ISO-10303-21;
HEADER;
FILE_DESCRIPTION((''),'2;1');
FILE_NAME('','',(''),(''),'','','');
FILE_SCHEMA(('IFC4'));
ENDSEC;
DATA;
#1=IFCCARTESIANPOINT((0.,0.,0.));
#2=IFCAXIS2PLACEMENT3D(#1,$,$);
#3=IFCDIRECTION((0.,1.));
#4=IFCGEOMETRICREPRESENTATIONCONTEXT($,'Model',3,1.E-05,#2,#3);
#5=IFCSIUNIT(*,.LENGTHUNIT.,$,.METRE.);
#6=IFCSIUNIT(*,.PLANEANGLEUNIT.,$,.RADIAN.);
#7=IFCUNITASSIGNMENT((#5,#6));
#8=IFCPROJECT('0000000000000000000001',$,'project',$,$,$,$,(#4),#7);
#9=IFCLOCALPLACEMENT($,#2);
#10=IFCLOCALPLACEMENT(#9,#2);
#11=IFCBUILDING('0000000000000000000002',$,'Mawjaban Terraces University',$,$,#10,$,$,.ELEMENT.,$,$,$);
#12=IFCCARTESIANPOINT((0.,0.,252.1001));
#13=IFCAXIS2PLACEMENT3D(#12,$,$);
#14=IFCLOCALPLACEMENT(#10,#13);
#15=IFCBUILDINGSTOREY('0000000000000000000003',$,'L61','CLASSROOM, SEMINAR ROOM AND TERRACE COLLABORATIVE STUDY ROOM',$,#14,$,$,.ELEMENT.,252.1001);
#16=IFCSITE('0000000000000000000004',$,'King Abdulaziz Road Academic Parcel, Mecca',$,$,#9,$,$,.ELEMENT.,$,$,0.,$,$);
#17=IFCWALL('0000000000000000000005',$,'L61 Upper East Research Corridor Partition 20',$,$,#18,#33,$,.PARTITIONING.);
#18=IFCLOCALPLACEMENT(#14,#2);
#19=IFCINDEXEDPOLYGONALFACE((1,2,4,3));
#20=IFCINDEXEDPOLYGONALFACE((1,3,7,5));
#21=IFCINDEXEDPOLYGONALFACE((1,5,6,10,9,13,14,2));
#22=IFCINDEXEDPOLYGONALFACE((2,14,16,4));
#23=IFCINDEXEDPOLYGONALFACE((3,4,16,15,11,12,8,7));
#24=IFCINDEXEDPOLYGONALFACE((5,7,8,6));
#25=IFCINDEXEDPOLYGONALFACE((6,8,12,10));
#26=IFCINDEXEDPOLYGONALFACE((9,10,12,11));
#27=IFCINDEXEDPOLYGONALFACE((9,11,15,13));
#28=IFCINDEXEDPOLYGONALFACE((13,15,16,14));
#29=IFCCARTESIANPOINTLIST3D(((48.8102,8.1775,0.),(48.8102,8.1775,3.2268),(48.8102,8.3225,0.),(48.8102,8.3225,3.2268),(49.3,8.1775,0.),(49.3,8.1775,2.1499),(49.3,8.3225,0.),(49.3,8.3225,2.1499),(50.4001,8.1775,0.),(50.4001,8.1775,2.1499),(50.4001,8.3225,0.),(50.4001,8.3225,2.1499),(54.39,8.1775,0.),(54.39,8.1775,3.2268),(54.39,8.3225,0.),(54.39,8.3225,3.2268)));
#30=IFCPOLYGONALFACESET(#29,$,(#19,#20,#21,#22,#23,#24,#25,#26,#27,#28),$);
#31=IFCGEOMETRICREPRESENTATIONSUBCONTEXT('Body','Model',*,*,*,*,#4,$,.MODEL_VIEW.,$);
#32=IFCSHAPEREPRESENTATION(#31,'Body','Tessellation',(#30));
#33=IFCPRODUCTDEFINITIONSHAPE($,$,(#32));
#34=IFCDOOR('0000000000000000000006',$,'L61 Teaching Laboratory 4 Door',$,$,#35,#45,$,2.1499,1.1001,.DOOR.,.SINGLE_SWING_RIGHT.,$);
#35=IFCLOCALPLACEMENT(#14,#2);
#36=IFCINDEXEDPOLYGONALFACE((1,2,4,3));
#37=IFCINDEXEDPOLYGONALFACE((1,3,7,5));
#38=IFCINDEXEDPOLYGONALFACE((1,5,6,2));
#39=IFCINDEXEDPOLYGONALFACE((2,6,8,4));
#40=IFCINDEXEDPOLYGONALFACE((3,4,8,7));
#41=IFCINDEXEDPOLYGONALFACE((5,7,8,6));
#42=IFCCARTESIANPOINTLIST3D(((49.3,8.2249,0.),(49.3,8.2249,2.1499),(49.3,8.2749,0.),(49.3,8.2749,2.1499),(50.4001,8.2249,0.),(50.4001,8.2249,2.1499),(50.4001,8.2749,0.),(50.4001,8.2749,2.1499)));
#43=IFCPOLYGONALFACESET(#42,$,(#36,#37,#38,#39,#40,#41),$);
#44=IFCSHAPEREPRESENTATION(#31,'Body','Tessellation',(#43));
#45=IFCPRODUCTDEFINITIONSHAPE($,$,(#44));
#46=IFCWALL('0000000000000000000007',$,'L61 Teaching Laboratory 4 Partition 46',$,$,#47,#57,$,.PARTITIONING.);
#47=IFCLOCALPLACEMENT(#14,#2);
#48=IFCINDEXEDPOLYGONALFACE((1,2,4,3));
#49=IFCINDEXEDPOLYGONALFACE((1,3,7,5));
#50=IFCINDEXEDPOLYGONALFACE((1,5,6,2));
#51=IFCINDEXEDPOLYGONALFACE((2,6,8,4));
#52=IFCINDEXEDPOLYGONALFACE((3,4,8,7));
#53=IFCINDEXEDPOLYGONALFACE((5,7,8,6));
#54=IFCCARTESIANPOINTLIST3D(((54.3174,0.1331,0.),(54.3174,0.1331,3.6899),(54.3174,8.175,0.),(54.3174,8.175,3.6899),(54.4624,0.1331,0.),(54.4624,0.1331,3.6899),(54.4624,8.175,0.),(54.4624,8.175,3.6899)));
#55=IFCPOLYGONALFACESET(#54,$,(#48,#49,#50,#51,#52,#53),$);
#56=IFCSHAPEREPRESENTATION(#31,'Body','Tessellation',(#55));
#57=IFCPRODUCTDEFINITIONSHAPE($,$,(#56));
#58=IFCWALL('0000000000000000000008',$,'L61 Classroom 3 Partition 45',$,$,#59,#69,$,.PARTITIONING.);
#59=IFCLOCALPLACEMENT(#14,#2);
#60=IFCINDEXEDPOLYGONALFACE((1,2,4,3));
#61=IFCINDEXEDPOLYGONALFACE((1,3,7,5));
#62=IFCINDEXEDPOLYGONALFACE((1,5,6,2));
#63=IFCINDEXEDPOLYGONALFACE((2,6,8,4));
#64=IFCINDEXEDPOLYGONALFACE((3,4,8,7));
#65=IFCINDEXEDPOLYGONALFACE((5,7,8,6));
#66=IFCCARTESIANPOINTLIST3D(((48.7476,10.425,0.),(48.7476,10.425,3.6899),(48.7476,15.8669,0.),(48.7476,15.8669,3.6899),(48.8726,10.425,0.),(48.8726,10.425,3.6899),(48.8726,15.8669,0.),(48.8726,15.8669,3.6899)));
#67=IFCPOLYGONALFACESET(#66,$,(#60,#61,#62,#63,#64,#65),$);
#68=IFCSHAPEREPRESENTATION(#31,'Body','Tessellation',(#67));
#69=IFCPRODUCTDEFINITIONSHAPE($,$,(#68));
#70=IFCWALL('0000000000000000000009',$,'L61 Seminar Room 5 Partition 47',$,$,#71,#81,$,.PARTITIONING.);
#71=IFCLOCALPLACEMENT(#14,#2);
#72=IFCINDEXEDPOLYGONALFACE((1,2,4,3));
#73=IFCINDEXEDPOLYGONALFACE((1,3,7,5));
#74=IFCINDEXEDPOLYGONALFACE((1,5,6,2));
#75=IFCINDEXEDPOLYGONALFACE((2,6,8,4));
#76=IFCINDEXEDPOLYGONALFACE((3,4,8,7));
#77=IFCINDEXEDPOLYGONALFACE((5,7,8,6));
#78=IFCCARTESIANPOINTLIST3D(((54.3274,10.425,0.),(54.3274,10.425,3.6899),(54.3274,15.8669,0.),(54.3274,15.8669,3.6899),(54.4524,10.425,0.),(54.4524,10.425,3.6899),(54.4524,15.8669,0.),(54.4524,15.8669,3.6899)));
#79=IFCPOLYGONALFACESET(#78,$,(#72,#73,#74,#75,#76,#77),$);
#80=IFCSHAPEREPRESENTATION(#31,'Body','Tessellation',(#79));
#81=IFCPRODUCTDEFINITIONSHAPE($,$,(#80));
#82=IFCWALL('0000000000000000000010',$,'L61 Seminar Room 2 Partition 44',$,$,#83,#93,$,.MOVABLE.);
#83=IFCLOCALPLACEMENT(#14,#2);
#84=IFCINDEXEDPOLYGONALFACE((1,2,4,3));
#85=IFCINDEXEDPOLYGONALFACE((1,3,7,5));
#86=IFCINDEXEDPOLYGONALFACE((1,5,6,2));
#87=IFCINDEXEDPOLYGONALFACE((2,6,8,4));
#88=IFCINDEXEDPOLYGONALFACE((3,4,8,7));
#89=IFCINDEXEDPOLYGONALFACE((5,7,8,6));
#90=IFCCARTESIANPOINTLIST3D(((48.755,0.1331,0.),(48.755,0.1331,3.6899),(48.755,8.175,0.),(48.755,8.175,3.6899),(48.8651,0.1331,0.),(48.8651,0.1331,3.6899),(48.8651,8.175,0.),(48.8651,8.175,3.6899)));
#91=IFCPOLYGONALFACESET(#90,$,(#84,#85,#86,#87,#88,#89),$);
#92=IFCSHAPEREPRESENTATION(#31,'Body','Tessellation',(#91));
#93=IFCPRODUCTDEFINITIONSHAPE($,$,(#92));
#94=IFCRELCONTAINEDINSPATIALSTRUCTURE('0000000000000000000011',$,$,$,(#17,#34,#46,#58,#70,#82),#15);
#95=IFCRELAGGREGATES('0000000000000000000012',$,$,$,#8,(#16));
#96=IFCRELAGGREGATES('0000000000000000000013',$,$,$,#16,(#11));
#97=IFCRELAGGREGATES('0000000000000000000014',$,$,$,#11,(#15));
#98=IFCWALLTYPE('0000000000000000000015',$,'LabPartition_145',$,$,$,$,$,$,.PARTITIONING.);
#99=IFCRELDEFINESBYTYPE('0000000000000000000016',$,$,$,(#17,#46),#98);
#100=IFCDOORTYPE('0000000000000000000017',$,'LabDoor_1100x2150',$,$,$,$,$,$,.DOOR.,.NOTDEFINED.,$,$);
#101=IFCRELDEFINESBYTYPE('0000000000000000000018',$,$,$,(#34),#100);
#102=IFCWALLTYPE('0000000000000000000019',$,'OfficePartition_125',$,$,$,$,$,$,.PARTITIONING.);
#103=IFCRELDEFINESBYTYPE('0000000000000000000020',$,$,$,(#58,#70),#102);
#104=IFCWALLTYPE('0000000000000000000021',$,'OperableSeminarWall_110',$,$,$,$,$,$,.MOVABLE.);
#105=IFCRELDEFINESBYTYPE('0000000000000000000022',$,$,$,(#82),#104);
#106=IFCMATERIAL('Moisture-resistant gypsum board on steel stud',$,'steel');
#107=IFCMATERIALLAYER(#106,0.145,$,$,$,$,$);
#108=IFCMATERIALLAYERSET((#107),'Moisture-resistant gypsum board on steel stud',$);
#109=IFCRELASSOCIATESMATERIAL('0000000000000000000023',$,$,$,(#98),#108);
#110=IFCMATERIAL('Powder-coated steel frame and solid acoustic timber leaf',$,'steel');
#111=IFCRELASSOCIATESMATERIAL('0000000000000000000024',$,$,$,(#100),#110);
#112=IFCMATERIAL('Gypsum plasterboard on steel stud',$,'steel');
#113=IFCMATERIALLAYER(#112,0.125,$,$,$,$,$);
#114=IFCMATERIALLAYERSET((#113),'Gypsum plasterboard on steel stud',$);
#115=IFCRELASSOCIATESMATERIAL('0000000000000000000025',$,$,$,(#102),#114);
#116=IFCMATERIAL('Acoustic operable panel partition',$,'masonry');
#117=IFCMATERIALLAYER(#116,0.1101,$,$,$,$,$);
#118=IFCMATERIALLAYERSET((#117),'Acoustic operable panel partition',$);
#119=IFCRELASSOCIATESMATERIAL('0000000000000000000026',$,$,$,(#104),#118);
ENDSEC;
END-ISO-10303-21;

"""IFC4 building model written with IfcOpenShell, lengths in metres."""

from ifc_helpers import new_model, si_unit, direction, frame, frame_2d, origin, place, context, subcontext, project, spatial, rectangle, extrude, material, layer, layer_set, type_object, element, fill, save


model = new_model("IFC4")

# Units and contexts
model_context = context("Model", 3, precision=1e-05, world=origin(), true_north=direction((0.0, 1.0)))
body_context = subcontext(model_context, "Body", "Model", "MODEL_VIEW")
ifc_project = project(units=[si_unit("LENGTHUNIT", "METRE"), si_unit("PLANEANGLEUNIT", "RADIAN")], contexts=[model_context])

# Site, building, storey
site_placement = place(None, origin())
site = spatial("IfcSite", under=ifc_project, at=site_placement, Name="King Abdulaziz Road Academic Parcel, Mecca", CompositionType="ELEMENT", RefElevation=0.0)
building_placement = place(site_placement, origin())
building = spatial("IfcBuilding", under=site, at=building_placement, Name="Mawjaban Terraces University", CompositionType="ELEMENT")
storey_placement = place(building_placement, frame((0.0, 0.0, 252.1001)))
storey = spatial("IfcBuildingStorey", under=building, at=storey_placement, Name="L61", Description="CLASSROOM, SEMINAR ROOM AND TERRACE COLLABORATIVE STUDY ROOM", CompositionType="ELEMENT", Elevation=252.1001)

# Shared definitions
ifc_material_1 = material(Name="Powder-coated steel frame and solid acoustic timber leaf", Category="steel")

# Wall, opening, door
ifc_material_2 = material(Name="Moisture-resistant gypsum board on steel stud", Category="steel")
ifc_layer_1 = layer(ifc_material_2, 0.145)
ifc_layer_set_1 = layer_set([ifc_layer_1], Name="Moisture-resistant gypsum board on steel stud")
wall_type_1 = type_object("IfcWallType", Name="LabPartition_145", PredefinedType="PARTITIONING", material=ifc_layer_set_1)
wall_1_placement = place(storey_placement, frame((48.8101, 8.25, 0.0), z_axis=(0.0, 0.0, 1.0), x_axis=(1.0, 0.0, 0.0)))
wall_1 = element("IfcWall", 1, at=wall_1_placement, inside=storey, type_object=wall_type_1, Name="L61 Upper East Research Corridor Partition 20", PredefinedType="PARTITIONING", context=body_context, shape_type="SweptSolid", body=[
    extrude(rectangle(XDim=5.5798, YDim=0.145, at=frame_2d((2.79, 0.0))), origin(), (0.0, 0.0, 1.0), 3.2268),
])
opening_1_placement = place(wall_1_placement, frame((0.49, 0.0, 0.0)))
opening_1 = element("IfcOpeningElement", 2, at=opening_1_placement, cuts=wall_1, PredefinedType="OPENING", context=body_context, shape_type="SweptSolid", body=[
    extrude(rectangle(XDim=1.1001, YDim=2.1499, at=frame_2d((0.55, 1.075))), frame((0.0, 0.0825, 0.0), z_axis=(0.0, -1.0, 0.0), x_axis=(1.0, 0.0, 0.0)), (0.0, 0.0, 1.0), 0.165),
])
door_type_1 = type_object("IfcDoorType", Name="LabDoor_1100x2150", OperationType="NOTDEFINED", PredefinedType="DOOR", material=ifc_material_1)
door_1_placement = place(opening_1_placement, origin())
door_1 = element("IfcDoor", 3, at=door_1_placement, inside=storey, type_object=door_type_1, Name="L61 Teaching Laboratory 4 Door", OperationType="SINGLE_SWING_RIGHT", OverallHeight=2.1499, OverallWidth=1.1001, PredefinedType="DOOR", context=body_context, shape_type="SweptSolid", body=[
    extrude(rectangle(XDim=1.1001, YDim=2.1499, at=frame_2d((0.55, 1.075))), frame((0.0, 0.0249, 0.0), z_axis=(0.0, -1.0, 0.0), x_axis=(1.0, 0.0, 0.0)), (0.0, 0.0, 1.0), 0.05),
])
fill(opening_1, door_1)

# Walls
wall_2_placement = place(storey_placement, frame((54.3899, 0.1331, 0.0), z_axis=(0.0, 0.0, 1.0), x_axis=(0.0, 1.0, 0.0)))
element("IfcWall", 4, at=wall_2_placement, inside=storey, type_object=wall_type_1, Name="L61 Teaching Laboratory 4 Partition 46", PredefinedType="PARTITIONING", context=body_context, shape_type="SweptSolid", body=[
    extrude(rectangle(XDim=8.042, YDim=0.145, at=frame_2d((4.021, 0.0))), origin(), (0.0, 0.0, 1.0), 3.6899),
])
ifc_material_3 = material(Name="Gypsum plasterboard on steel stud", Category="steel")
ifc_layer_2 = layer(ifc_material_3, 0.125)
ifc_layer_set_2 = layer_set([ifc_layer_2], Name="Gypsum plasterboard on steel stud")
wall_type_2 = type_object("IfcWallType", Name="OfficePartition_125", PredefinedType="PARTITIONING", material=ifc_layer_set_2)
for number, where, z_axis, x_axis, name in (
    (5, (48.8101, 10.425, 0.0), (0.0, 0.0, 1.0), (0.0, 1.0, 0.0), "L61 Classroom 3 Partition 45"),
    (6, (54.3899, 10.425, 0.0), (0.0, 0.0, 1.0), (0.0, 1.0, 0.0), "L61 Seminar Room 5 Partition 47"),
):
    element("IfcWall", number, at=place(storey_placement, frame(where, z_axis=z_axis, x_axis=x_axis)), inside=storey, type_object=wall_type_2, Name=name, PredefinedType="PARTITIONING", context=body_context, shape_type="SweptSolid", body=[
        extrude(rectangle(XDim=5.4419, YDim=0.125, at=frame_2d((2.7209, 0.0))), origin(), (0.0, 0.0, 1.0), 3.6899),
    ])
ifc_material_4 = material(Name="Acoustic operable panel partition", Category="masonry")
ifc_layer_3 = layer(ifc_material_4, 0.1101)
ifc_layer_set_3 = layer_set([ifc_layer_3], Name="Acoustic operable panel partition")
wall_type_3 = type_object("IfcWallType", Name="OperableSeminarWall_110", PredefinedType="MOVABLE", material=ifc_layer_set_3)
wall_3_placement = place(storey_placement, frame((48.8101, 0.1331, 0.0), z_axis=(0.0, 0.0, 1.0), x_axis=(0.0, 1.0, 0.0)))
element("IfcWall", 7, at=wall_3_placement, inside=storey, type_object=wall_type_3, Name="L61 Seminar Room 2 Partition 44", PredefinedType="MOVABLE", context=body_context, shape_type="SweptSolid", body=[
    extrude(rectangle(XDim=8.042, YDim=0.1101, at=frame_2d((4.021, 0.0))), origin(), (0.0, 0.0, 1.0), 3.6899),
])

save(model, "model.ifc")
